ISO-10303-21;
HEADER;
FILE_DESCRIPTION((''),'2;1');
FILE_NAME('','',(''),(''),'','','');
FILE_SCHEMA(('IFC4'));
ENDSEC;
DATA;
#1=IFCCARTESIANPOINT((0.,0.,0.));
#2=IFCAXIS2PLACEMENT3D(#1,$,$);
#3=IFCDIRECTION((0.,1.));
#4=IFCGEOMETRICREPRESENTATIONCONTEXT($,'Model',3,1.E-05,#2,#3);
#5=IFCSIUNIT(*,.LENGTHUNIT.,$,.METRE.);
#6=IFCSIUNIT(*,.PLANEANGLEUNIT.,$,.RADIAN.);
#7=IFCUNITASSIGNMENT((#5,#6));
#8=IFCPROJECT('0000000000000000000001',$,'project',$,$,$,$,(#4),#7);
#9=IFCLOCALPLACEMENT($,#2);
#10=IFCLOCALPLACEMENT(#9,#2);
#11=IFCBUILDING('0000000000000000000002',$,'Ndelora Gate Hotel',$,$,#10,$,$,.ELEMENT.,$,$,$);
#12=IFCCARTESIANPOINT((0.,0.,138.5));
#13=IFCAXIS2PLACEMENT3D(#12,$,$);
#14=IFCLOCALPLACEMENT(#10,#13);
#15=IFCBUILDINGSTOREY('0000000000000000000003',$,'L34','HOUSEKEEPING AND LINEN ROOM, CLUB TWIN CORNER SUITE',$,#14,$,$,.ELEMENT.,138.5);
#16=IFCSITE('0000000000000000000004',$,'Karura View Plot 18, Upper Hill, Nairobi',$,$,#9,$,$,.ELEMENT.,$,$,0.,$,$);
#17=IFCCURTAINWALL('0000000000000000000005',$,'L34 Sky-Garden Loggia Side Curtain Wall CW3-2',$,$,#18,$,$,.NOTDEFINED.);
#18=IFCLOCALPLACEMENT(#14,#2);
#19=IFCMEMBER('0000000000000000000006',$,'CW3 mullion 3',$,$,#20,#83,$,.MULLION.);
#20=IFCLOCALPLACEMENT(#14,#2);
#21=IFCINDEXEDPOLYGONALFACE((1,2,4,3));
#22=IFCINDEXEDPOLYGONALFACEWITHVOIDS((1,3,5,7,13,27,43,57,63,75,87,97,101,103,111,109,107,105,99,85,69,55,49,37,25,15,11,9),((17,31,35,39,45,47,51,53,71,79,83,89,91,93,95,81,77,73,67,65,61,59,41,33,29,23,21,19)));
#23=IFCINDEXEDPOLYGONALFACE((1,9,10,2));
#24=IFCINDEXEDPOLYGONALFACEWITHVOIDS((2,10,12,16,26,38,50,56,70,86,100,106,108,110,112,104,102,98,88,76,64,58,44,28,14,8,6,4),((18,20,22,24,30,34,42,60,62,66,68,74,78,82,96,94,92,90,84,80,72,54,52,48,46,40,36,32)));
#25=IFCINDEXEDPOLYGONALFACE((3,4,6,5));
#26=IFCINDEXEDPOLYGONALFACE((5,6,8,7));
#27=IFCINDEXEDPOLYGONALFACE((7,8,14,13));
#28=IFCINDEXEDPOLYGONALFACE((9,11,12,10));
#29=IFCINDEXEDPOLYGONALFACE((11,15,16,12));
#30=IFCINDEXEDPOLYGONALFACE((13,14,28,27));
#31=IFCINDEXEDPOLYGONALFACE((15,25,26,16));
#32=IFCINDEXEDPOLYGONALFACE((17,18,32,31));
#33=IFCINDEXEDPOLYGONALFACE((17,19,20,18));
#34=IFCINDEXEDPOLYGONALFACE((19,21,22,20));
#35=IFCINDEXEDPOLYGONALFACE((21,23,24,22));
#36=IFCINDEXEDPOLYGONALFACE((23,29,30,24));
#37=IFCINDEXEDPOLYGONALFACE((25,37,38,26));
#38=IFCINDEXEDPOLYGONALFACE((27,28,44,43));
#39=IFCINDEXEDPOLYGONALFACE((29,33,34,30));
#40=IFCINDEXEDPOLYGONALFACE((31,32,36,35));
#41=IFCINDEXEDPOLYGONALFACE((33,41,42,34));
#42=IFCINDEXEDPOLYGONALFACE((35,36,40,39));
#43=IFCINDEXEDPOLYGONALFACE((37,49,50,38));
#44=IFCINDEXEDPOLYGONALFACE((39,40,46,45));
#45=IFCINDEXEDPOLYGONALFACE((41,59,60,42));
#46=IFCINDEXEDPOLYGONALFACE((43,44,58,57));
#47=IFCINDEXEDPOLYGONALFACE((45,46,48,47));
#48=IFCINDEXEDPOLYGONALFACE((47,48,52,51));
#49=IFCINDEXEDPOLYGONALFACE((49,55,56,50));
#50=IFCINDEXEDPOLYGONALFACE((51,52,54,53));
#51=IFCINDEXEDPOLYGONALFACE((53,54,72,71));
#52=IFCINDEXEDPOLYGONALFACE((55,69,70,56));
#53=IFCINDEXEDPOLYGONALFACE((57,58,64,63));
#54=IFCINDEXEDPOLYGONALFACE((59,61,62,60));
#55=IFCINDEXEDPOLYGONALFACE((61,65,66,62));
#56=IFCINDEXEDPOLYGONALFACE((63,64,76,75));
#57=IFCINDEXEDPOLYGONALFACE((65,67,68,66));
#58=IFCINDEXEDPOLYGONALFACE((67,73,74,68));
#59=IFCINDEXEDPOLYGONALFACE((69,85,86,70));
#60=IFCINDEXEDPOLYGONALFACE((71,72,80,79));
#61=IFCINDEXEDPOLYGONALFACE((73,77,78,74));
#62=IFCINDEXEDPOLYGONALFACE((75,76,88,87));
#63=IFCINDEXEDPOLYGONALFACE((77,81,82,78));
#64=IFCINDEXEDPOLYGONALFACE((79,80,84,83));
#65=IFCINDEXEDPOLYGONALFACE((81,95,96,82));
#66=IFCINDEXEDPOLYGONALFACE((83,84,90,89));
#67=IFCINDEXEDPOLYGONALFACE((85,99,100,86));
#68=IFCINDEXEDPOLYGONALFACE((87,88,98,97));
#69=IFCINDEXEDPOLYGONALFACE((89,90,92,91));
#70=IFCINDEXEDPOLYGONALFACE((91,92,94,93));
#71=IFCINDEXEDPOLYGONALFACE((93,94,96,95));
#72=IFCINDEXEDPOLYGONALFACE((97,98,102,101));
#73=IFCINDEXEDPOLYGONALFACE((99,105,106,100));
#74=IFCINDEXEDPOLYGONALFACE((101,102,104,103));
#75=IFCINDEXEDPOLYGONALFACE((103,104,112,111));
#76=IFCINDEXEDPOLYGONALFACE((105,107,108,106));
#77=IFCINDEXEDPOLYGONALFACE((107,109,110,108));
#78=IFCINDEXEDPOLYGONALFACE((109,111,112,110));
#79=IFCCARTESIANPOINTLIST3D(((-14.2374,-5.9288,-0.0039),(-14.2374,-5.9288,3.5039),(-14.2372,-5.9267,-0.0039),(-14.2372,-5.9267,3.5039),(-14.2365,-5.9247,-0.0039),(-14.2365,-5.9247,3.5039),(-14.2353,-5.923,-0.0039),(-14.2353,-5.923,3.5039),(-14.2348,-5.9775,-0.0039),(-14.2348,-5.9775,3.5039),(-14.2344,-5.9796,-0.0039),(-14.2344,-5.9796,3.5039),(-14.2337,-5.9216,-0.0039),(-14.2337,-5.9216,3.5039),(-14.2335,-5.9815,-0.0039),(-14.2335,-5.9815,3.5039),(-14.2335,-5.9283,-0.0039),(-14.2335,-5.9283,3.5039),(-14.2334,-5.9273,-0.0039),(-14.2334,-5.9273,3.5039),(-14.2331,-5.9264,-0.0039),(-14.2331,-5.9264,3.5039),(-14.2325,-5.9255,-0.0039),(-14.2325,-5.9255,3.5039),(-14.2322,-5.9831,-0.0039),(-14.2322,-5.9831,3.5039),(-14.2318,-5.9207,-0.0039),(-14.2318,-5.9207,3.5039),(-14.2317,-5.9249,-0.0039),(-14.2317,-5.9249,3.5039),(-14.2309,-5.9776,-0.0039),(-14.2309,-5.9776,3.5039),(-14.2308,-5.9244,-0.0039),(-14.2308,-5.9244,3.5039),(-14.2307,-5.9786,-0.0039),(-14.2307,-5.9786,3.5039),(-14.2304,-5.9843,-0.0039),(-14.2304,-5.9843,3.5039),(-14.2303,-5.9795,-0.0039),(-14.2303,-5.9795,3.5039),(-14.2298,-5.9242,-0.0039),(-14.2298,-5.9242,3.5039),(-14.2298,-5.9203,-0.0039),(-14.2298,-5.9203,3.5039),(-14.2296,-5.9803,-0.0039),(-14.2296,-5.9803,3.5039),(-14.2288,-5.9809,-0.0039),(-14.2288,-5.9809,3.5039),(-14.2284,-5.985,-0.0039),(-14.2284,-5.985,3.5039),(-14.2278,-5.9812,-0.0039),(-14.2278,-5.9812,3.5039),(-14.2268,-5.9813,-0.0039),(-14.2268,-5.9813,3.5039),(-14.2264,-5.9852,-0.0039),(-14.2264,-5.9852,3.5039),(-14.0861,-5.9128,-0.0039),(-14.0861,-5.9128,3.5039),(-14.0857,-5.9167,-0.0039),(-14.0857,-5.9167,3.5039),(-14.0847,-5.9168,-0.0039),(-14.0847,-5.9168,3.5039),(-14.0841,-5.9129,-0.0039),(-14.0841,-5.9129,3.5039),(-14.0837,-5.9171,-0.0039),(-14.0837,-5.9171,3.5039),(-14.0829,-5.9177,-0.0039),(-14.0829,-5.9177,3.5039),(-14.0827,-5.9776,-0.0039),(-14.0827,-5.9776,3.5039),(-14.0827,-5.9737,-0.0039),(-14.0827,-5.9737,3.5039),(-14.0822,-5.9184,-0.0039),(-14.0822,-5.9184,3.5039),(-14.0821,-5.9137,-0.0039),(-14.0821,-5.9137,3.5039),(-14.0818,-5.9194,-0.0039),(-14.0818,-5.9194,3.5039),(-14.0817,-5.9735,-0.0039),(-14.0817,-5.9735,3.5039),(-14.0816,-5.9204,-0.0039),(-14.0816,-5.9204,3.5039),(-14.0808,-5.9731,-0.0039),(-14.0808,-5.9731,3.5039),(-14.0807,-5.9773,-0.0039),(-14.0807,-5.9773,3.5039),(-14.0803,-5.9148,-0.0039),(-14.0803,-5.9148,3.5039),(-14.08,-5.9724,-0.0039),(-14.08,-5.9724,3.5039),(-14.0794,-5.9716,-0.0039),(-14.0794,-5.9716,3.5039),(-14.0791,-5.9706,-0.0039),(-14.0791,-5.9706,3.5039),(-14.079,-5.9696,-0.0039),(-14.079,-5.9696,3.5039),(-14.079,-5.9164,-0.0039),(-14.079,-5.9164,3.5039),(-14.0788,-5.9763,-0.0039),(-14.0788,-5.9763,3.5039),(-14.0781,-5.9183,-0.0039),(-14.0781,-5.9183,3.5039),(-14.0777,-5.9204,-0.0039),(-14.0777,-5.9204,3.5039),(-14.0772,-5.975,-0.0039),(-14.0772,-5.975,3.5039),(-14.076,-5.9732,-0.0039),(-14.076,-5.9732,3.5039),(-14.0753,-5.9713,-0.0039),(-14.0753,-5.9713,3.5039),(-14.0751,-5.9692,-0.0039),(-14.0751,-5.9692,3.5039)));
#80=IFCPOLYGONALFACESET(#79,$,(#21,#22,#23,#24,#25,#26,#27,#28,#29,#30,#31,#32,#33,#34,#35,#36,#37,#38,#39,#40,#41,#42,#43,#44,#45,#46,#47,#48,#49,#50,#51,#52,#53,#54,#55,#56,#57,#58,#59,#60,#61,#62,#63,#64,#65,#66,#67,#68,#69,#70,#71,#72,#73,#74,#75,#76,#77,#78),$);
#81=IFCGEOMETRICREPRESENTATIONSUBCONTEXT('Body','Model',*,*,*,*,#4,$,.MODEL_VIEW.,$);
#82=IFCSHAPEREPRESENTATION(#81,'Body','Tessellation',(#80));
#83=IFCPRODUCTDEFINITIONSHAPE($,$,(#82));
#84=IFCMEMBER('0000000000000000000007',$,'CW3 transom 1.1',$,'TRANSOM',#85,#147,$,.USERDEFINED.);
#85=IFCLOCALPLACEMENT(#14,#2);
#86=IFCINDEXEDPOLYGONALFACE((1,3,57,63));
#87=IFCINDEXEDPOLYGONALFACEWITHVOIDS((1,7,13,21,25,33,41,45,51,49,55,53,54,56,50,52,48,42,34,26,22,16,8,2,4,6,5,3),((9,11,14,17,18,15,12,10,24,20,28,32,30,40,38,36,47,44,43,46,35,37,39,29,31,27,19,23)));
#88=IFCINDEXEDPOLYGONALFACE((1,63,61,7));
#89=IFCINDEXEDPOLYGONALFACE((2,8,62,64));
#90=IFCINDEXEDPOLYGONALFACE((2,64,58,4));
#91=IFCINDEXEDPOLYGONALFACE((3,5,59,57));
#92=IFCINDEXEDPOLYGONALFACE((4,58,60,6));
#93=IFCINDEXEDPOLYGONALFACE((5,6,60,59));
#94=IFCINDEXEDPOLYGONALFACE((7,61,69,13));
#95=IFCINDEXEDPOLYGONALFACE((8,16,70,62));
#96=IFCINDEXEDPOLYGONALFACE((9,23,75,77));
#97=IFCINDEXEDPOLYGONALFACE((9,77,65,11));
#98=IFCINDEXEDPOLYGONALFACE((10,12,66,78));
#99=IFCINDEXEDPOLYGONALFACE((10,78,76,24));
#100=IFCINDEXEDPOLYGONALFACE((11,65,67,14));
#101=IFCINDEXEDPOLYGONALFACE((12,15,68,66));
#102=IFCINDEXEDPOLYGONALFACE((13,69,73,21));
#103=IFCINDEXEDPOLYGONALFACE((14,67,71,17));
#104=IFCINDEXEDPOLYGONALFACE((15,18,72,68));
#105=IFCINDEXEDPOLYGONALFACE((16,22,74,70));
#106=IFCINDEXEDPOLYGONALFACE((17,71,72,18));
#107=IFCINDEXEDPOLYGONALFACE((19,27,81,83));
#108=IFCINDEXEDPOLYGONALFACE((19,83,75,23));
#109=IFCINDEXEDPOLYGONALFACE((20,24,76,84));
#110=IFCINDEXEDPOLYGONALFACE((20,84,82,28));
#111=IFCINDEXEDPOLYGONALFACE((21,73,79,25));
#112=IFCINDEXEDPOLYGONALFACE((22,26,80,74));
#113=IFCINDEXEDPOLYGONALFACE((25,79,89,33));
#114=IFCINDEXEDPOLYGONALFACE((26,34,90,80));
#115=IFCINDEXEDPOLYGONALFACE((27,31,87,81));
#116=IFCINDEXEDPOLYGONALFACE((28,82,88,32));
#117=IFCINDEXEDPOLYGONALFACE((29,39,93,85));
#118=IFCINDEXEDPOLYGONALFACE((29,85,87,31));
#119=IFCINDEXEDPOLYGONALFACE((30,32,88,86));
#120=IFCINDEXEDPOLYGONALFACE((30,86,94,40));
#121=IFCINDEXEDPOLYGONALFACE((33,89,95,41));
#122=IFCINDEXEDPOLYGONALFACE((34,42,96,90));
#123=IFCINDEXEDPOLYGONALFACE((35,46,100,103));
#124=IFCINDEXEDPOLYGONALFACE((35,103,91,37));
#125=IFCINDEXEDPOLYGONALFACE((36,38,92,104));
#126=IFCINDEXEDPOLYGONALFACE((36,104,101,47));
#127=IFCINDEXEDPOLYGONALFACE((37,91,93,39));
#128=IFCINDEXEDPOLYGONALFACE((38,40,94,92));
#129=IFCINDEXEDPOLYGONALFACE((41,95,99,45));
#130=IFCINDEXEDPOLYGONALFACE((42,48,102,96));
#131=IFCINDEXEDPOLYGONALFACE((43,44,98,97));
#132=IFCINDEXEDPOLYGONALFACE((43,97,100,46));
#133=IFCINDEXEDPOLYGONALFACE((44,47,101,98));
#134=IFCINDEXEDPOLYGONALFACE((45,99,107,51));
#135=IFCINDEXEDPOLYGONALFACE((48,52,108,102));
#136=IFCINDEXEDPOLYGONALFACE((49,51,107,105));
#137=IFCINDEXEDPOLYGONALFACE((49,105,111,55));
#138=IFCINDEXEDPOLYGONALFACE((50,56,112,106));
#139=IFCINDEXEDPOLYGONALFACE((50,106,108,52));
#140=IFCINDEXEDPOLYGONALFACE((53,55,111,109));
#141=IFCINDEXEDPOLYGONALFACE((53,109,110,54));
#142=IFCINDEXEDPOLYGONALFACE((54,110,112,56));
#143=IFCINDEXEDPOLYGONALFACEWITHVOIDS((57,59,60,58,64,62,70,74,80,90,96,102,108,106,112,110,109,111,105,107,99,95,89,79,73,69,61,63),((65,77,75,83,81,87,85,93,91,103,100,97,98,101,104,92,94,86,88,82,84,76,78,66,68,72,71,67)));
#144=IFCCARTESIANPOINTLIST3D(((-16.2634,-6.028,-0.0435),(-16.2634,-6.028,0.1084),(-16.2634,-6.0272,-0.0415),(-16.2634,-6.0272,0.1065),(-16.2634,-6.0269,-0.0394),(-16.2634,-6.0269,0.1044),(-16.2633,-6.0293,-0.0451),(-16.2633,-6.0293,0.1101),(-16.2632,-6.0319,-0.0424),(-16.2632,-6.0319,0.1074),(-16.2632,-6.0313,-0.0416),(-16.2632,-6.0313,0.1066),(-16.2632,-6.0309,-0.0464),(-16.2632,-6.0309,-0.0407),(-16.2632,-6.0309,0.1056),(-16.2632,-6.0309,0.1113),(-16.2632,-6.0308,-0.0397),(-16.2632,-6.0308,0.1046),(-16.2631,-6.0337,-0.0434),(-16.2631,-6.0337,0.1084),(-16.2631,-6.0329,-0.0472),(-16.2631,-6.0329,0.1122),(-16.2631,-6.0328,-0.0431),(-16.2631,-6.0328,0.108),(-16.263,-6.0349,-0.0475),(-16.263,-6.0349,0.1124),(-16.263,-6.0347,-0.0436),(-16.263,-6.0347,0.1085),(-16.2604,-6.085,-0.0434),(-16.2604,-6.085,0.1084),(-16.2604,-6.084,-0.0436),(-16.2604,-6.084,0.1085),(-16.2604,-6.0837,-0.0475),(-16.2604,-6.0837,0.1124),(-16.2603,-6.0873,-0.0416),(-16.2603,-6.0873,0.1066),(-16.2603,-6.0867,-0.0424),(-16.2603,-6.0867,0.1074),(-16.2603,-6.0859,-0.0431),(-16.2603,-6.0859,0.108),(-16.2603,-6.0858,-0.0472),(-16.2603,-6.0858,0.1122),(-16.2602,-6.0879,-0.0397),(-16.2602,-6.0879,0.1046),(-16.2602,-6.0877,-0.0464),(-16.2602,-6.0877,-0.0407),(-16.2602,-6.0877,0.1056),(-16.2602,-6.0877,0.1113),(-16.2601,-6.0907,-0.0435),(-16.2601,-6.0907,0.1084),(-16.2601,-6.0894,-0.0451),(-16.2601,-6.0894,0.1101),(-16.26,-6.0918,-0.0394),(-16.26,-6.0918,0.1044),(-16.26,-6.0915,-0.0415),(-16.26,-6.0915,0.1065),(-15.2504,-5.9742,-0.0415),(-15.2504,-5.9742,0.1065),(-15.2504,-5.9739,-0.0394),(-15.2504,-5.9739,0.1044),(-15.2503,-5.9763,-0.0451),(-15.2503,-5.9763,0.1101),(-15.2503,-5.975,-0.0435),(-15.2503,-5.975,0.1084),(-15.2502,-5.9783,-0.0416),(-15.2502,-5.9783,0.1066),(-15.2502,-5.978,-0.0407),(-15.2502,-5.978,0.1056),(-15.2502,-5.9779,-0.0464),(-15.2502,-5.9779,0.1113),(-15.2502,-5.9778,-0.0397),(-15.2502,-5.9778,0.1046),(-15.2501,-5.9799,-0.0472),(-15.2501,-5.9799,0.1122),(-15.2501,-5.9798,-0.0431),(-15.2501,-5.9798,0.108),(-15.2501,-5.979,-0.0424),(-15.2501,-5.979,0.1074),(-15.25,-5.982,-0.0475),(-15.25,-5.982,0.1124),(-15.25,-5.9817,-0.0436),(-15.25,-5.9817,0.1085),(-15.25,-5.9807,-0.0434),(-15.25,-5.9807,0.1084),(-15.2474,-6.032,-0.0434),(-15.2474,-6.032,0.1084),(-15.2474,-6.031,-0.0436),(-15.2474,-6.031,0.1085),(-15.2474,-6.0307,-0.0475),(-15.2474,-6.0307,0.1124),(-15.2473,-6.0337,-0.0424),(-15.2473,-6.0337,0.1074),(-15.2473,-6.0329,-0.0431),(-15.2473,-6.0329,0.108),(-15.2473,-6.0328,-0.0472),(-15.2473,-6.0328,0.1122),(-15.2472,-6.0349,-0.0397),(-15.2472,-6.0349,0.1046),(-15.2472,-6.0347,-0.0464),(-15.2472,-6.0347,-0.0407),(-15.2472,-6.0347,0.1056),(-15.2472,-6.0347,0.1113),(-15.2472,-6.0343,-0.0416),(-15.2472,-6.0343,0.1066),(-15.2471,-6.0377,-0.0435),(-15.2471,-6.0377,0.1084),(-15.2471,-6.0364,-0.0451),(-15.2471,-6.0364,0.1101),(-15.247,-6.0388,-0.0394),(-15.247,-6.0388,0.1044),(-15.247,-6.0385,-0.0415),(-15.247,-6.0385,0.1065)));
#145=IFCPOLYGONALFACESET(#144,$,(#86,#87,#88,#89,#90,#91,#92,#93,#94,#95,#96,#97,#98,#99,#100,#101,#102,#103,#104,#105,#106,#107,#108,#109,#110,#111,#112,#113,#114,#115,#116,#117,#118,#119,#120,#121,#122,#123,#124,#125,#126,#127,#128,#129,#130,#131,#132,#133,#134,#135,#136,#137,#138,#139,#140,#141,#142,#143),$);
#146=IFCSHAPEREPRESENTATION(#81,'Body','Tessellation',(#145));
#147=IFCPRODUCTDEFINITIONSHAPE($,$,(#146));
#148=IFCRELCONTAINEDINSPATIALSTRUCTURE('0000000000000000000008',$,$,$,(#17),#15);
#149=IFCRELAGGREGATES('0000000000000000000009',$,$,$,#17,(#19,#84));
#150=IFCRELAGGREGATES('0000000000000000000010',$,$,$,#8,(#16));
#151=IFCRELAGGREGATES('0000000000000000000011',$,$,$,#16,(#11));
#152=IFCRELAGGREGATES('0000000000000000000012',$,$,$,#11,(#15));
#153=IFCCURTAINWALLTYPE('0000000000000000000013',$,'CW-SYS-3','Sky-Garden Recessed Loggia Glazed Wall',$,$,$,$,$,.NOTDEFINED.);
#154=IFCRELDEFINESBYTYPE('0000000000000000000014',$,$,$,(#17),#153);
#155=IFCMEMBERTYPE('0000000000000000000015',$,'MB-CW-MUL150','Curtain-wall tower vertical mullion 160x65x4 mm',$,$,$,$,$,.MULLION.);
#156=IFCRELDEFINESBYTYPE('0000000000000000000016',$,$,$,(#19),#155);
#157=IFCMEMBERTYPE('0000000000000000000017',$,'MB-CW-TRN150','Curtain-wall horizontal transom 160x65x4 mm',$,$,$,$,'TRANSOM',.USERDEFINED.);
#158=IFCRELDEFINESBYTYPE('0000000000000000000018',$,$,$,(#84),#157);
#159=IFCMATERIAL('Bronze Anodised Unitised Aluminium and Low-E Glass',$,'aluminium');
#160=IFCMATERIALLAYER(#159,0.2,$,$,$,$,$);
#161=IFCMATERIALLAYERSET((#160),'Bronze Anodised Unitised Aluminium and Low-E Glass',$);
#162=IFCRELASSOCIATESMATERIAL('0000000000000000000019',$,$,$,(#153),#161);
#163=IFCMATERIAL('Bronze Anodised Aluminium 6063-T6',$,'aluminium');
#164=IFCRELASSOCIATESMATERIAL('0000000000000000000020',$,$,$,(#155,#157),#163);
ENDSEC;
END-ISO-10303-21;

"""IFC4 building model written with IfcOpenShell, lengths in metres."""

from ifc_helpers import new_model, si_unit, direction, frame, origin, origin_2d, place, context, subcontext, project, spatial, hollow_rectangle, extrude, material, layer, layer_set, material_profile, profile_set, type_object, element, aggregate, save


model = new_model("IFC4")

# Units and contexts
model_context = context("Model", 3, precision=1e-05, world=origin(), true_north=direction((0.0, 1.0)))
body_context = subcontext(model_context, "Body", "Model", "MODEL_VIEW")
ifc_project = project(units=[si_unit("LENGTHUNIT", "METRE"), si_unit("PLANEANGLEUNIT", "RADIAN")], contexts=[model_context])

# Site, building, storey
site_placement = place(None, origin())
site = spatial("IfcSite", under=ifc_project, at=site_placement, Name="Karura View Plot 18, Upper Hill, Nairobi", CompositionType="ELEMENT", RefElevation=0.0)
building_placement = place(site_placement, origin())
building = spatial("IfcBuilding", under=site, at=building_placement, Name="Ndelora Gate Hotel", CompositionType="ELEMENT")
storey_placement = place(building_placement, frame((0.0, 0.0, 138.5)))
storey = spatial("IfcBuildingStorey", under=building, at=storey_placement, Name="L34", Description="HOUSEKEEPING AND LINEN ROOM, CLUB TWIN CORNER SUITE", CompositionType="ELEMENT", Elevation=138.5)

# Curtain wall, members
ifc_material_1 = material(Name="Bronze Anodised Unitised Aluminium and Low-E Glass", Category="aluminium")
ifc_layer_1 = layer(ifc_material_1, 0.2)
ifc_layer_set_1 = layer_set([ifc_layer_1], Name="Bronze Anodised Unitised Aluminium and Low-E Glass")
curtain_wall_type = type_object("IfcCurtainWallType", Name="CW-SYS-3", Description="Sky-Garden Recessed Loggia Glazed Wall", PredefinedType="NOTDEFINED", material=ifc_layer_set_1)
curtain_wall_placement = place(storey_placement, origin())
curtain_wall = element("IfcCurtainWall", 1, at=curtain_wall_placement, inside=storey, type_object=curtain_wall_type, Name="L34 Sky-Garden Loggia Side Curtain Wall CW3-2", PredefinedType="NOTDEFINED")
ifc_material_2 = material(Name="Bronze Anodised Aluminium 6063-T6", Category="aluminium")
ifc_material_profile_1 = material_profile(ifc_material_2, hollow_rectangle(XDim=0.0649, YDim=0.1599, WallThickness=0.0039, InnerFilletRadius=0.0039, OuterFilletRadius=0.0081, at=origin_2d()), Name="ALU 160x65x4")
ifc_profile_set_1 = profile_set([ifc_material_profile_1], Name="Bronze Anodised Aluminium 6063-T6")
member_type_1 = type_object("IfcMemberType", Name="MB-CW-MUL150", Description="Curtain-wall tower vertical mullion 160x65x4 mm", PredefinedType="MULLION", material=ifc_profile_set_1)
member_1_placement = place(storey_placement, frame((-14.1562, -5.949, -0.0039), z_axis=(0.0, 0.0, 1.0), x_axis=(-0.052363, 0.998628, 0.0)))
member_1 = element("IfcMember", 2, at=member_1_placement, type_object=member_type_1, Name="CW3 mullion 3", PredefinedType="MULLION", context=body_context, shape_type="SweptSolid", body=[
    extrude(hollow_rectangle(XDim=0.0649, YDim=0.1599, WallThickness=0.0039, InnerFilletRadius=0.0039, OuterFilletRadius=0.0081, at=origin_2d()), origin(), (0.0, 0.0, 1.0), 3.5078),
])
ifc_material_profile_2 = material_profile(ifc_material_2, hollow_rectangle(XDim=0.0649, YDim=0.1599, WallThickness=0.0039, InnerFilletRadius=0.0039, OuterFilletRadius=0.0081, at=origin_2d()), Name="ALU 160x65x4")
ifc_profile_set_2 = profile_set([ifc_material_profile_2], Name="Bronze Anodised Aluminium 6063-T6")
member_type_2 = type_object("IfcMemberType", Name="MB-CW-TRN150", Description="Curtain-wall horizontal transom 160x65x4 mm", ElementType="TRANSOM", PredefinedType="USERDEFINED", material=ifc_profile_set_2)
member_2_placement = place(storey_placement, frame((-16.2617, -6.0593, 0.0325), z_axis=(0.998635, 0.05223, 0.0), x_axis=(-0.05223, 0.998635, 0.0)))
member_2 = element("IfcMember", 3, at=member_2_placement, type_object=member_type_2, Name="CW3 transom 1.1", ObjectType="TRANSOM", PredefinedType="USERDEFINED", context=body_context, shape_type="SweptSolid", body=[
    extrude(hollow_rectangle(XDim=0.0649, YDim=0.1599, WallThickness=0.0039, InnerFilletRadius=0.0039, OuterFilletRadius=0.0081, at=origin_2d()), origin(), (0.0, 0.0, 1.0), 1.0144),
])
aggregate(curtain_wall, [member_1, member_2])

save(model, "model.ifc")
